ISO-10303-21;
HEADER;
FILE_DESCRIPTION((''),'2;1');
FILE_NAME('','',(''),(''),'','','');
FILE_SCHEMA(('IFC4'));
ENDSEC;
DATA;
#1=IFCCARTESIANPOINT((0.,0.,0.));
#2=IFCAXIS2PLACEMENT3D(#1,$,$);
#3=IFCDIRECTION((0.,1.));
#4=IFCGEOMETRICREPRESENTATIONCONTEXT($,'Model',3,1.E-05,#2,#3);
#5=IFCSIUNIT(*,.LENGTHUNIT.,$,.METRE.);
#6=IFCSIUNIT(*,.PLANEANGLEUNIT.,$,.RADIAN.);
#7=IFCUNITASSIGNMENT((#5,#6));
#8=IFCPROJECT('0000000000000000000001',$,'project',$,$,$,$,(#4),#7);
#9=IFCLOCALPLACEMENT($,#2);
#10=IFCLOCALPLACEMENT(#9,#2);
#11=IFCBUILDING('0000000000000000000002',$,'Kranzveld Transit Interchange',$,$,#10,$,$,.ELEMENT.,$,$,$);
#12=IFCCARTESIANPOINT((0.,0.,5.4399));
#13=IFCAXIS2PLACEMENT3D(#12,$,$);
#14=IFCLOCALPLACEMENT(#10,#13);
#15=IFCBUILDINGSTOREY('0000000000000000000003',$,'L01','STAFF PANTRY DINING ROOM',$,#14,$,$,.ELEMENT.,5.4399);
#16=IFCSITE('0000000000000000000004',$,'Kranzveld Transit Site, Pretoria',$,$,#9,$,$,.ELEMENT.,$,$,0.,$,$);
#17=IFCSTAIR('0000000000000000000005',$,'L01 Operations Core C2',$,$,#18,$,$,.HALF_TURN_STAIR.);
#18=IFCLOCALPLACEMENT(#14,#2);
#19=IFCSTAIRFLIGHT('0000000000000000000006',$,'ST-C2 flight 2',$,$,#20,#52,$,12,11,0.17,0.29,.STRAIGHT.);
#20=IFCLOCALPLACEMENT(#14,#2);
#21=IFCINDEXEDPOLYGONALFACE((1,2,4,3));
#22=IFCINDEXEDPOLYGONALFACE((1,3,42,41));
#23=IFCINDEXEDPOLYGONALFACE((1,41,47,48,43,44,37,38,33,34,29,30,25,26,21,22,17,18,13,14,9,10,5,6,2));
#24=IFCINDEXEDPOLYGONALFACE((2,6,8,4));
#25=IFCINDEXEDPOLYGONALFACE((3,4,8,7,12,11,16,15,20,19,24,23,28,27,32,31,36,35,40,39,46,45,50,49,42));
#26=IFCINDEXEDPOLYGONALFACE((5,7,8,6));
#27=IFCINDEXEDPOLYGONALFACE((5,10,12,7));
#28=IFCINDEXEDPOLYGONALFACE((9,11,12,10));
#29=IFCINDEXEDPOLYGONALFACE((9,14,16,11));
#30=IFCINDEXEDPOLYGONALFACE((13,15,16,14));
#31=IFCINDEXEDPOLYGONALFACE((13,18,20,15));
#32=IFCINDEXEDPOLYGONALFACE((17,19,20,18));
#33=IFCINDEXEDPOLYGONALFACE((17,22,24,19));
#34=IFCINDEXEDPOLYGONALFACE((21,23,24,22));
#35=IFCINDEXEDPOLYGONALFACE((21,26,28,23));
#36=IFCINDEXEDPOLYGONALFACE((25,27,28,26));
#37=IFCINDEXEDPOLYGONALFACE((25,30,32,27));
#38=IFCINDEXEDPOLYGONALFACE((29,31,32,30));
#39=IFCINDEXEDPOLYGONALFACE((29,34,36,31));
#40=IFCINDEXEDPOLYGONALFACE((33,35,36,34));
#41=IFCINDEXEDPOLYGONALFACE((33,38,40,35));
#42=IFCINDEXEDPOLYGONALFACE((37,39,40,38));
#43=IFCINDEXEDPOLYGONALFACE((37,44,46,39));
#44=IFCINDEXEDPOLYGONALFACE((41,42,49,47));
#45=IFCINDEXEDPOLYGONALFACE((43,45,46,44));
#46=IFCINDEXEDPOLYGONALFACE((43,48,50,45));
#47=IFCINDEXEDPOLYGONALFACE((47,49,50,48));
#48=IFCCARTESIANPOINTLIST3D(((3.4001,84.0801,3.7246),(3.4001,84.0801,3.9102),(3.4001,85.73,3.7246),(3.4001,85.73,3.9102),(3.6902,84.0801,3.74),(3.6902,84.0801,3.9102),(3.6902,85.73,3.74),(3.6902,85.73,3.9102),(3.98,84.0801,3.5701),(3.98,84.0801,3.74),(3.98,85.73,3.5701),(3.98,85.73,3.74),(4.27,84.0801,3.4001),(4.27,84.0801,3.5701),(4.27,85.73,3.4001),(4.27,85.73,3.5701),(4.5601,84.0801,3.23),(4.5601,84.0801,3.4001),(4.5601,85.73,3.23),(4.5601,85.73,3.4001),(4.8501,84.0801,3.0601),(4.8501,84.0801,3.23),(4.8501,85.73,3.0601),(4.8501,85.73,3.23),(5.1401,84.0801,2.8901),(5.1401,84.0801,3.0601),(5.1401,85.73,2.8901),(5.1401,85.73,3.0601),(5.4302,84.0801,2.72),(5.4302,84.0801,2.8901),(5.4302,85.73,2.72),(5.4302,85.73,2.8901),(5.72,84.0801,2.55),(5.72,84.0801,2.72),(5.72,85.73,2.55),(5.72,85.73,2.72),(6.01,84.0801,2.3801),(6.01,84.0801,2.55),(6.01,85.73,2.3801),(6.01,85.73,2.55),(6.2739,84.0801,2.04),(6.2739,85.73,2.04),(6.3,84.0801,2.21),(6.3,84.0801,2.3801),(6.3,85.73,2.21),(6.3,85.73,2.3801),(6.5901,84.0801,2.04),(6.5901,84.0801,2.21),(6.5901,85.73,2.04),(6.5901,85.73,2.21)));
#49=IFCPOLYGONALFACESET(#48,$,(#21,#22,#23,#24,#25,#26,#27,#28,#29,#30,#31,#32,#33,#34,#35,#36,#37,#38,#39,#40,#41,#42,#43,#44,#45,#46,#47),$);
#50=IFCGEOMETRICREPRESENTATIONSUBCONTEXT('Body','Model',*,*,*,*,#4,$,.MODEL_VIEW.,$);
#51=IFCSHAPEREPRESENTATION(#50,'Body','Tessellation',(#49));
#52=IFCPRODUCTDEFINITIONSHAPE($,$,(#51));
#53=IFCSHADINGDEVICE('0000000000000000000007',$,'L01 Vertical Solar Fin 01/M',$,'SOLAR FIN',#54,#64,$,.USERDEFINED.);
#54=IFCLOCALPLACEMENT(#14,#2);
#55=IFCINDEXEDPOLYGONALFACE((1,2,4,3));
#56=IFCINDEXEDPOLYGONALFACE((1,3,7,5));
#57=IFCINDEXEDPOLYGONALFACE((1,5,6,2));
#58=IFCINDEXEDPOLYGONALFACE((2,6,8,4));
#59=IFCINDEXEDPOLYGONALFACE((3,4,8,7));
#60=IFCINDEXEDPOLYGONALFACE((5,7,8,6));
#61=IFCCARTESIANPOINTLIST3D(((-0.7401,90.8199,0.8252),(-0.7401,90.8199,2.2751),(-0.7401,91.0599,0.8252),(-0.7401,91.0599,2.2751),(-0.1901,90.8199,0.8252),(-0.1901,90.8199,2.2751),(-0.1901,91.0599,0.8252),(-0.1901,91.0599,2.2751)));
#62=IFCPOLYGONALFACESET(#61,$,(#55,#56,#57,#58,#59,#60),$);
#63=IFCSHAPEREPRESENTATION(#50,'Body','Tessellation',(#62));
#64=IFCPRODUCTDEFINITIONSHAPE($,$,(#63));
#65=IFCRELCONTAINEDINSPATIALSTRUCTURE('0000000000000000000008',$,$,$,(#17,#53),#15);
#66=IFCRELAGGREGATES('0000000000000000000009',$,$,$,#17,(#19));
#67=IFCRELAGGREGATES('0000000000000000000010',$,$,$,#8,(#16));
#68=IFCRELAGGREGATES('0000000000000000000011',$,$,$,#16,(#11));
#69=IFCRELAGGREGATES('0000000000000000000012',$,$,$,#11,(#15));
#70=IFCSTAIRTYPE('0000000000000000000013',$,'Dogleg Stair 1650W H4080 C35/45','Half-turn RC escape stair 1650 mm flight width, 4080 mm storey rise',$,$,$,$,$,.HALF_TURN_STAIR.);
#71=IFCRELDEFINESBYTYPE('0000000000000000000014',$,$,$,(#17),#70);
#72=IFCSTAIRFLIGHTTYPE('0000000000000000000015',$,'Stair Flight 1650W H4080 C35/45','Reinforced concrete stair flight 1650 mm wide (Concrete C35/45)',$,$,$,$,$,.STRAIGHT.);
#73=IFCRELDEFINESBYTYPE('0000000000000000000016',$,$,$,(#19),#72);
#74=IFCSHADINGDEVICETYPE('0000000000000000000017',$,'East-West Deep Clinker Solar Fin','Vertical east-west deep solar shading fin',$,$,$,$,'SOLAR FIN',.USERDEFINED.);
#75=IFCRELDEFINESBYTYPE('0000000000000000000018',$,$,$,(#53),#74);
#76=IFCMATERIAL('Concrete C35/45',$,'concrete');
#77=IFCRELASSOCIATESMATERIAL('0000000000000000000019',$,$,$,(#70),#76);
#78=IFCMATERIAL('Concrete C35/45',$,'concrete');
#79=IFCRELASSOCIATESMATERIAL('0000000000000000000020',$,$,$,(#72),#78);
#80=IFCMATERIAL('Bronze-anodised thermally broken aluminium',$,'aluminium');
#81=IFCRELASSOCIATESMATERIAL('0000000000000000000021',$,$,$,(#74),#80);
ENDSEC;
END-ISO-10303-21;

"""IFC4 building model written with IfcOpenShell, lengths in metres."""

from ifc_helpers import new_model, si_unit, direction, frame, origin, origin_2d, place, context, subcontext, project, spatial, polyline, rectangle, outline, extrude, material, type_object, element, aggregate, save


model = new_model("IFC4")

# Units and contexts
model_context = context("Model", 3, precision=1e-05, world=origin(), true_north=direction((0.0, 1.0)))
body_context = subcontext(model_context, "Body", "Model", "MODEL_VIEW")
ifc_project = project(units=[si_unit("LENGTHUNIT", "METRE"), si_unit("PLANEANGLEUNIT", "RADIAN")], contexts=[model_context])

# Site, building, storey
site_placement = place(None, origin())
site = spatial("IfcSite", under=ifc_project, at=site_placement, Name="Kranzveld Transit Site, Pretoria", CompositionType="ELEMENT", RefElevation=0.0)
building_placement = place(site_placement, origin())
building = spatial("IfcBuilding", under=site, at=building_placement, Name="Kranzveld Transit Interchange", CompositionType="ELEMENT")
storey_placement = place(building_placement, frame((0.0, 0.0, 5.4399)))
storey = spatial("IfcBuildingStorey", under=building, at=storey_placement, Name="L01", Description="STAFF PANTRY DINING ROOM", CompositionType="ELEMENT", Elevation=5.4399)

# Stair, stair flight
ifc_material_1 = material(Name="Concrete C35/45", Category="concrete")
stair_type = type_object("IfcStairType", Name="Dogleg Stair 1650W H4080 C35/45", Description="Half-turn RC escape stair 1650 mm flight width, 4080 mm storey rise", PredefinedType="HALF_TURN_STAIR", material=ifc_material_1)
stair_placement = place(storey_placement, origin())
stair = element("IfcStair", 1, at=stair_placement, inside=storey, type_object=stair_type, Name="L01 Operations Core C2", PredefinedType="HALF_TURN_STAIR")
ifc_material_2 = material(Name="Concrete C35/45", Category="concrete")
stair_flight_type = type_object("IfcStairFlightType", Name="Stair Flight 1650W H4080 C35/45", Description="Reinforced concrete stair flight 1650 mm wide (Concrete C35/45)", PredefinedType="STRAIGHT", material=ifc_material_2)
stair_flight_1_placement = place(storey_placement, frame((6.5901, 84.905, 2.04), z_axis=(0.0, 0.0, 1.0), x_axis=(-1.0, 0.0, 0.0)))
stair_flight_1 = element("IfcStairFlight", 2, at=stair_flight_1_placement, type_object=stair_flight_type, Name="ST-C2 flight 2", NumberOfRisers=12, NumberOfTreads=11, PredefinedType="STRAIGHT", RiserHeight=0.17, TreadLength=0.29, context=body_context, shape_type="SweptSolid", body=[
    extrude(outline(polyline([(0.0, 0.0), (0.0, 0.1699), (0.29, 0.1699), (0.29, 0.3401), (0.5801, 0.3401), (0.5801, 0.51), (0.8701, 0.51), (0.8701, 0.6799), (1.1599, 0.6799), (1.1599, 0.8501), (1.45, 0.8501), (1.45, 1.02), (1.74, 1.02), (1.74, 1.1899), (2.03, 1.1899), (2.03, 1.3601), (2.3201, 1.3601), (2.3201, 1.53), (2.6101, 1.53), (2.6101, 1.7), (2.8999, 1.7), (2.8999, 1.8701), (3.1899, 1.8701), (3.1899, 2.04), (3.1899, 1.6846), (0.3162, 0.0), (0.0, 0.0)])), frame((0.0, 0.825, 0.0), z_axis=(0.0, -1.0, 0.0), x_axis=(1.0, 0.0, 0.0)), (0.0, 0.0, 1.0), 1.6499),
])
aggregate(stair, [stair_flight_1])

# Shading device
ifc_material_3 = material(Name="Bronze-anodised thermally broken aluminium", Category="aluminium")
shading_device_type = type_object("IfcShadingDeviceType", Name="East-West Deep Clinker Solar Fin", Description="Vertical east-west deep solar shading fin", ElementType="SOLAR FIN", PredefinedType="USERDEFINED", material=ifc_material_3)
shading_device_placement = place(storey_placement, frame((-0.4651, 90.9399, 0.8252), z_axis=(0.0, 0.0, 1.0), x_axis=(0.0, 1.0, 0.0)))
element("IfcShadingDevice", 3, at=shading_device_placement, inside=storey, type_object=shading_device_type, Name="L01 Vertical Solar Fin 01/M", ObjectType="SOLAR FIN", PredefinedType="USERDEFINED", context=body_context, shape_type="SweptSolid", body=[
    extrude(rectangle(XDim=0.24, YDim=0.55, at=origin_2d()), origin(), (0.0, 0.0, 1.0), 1.45),
])

save(model, "model.ifc")
